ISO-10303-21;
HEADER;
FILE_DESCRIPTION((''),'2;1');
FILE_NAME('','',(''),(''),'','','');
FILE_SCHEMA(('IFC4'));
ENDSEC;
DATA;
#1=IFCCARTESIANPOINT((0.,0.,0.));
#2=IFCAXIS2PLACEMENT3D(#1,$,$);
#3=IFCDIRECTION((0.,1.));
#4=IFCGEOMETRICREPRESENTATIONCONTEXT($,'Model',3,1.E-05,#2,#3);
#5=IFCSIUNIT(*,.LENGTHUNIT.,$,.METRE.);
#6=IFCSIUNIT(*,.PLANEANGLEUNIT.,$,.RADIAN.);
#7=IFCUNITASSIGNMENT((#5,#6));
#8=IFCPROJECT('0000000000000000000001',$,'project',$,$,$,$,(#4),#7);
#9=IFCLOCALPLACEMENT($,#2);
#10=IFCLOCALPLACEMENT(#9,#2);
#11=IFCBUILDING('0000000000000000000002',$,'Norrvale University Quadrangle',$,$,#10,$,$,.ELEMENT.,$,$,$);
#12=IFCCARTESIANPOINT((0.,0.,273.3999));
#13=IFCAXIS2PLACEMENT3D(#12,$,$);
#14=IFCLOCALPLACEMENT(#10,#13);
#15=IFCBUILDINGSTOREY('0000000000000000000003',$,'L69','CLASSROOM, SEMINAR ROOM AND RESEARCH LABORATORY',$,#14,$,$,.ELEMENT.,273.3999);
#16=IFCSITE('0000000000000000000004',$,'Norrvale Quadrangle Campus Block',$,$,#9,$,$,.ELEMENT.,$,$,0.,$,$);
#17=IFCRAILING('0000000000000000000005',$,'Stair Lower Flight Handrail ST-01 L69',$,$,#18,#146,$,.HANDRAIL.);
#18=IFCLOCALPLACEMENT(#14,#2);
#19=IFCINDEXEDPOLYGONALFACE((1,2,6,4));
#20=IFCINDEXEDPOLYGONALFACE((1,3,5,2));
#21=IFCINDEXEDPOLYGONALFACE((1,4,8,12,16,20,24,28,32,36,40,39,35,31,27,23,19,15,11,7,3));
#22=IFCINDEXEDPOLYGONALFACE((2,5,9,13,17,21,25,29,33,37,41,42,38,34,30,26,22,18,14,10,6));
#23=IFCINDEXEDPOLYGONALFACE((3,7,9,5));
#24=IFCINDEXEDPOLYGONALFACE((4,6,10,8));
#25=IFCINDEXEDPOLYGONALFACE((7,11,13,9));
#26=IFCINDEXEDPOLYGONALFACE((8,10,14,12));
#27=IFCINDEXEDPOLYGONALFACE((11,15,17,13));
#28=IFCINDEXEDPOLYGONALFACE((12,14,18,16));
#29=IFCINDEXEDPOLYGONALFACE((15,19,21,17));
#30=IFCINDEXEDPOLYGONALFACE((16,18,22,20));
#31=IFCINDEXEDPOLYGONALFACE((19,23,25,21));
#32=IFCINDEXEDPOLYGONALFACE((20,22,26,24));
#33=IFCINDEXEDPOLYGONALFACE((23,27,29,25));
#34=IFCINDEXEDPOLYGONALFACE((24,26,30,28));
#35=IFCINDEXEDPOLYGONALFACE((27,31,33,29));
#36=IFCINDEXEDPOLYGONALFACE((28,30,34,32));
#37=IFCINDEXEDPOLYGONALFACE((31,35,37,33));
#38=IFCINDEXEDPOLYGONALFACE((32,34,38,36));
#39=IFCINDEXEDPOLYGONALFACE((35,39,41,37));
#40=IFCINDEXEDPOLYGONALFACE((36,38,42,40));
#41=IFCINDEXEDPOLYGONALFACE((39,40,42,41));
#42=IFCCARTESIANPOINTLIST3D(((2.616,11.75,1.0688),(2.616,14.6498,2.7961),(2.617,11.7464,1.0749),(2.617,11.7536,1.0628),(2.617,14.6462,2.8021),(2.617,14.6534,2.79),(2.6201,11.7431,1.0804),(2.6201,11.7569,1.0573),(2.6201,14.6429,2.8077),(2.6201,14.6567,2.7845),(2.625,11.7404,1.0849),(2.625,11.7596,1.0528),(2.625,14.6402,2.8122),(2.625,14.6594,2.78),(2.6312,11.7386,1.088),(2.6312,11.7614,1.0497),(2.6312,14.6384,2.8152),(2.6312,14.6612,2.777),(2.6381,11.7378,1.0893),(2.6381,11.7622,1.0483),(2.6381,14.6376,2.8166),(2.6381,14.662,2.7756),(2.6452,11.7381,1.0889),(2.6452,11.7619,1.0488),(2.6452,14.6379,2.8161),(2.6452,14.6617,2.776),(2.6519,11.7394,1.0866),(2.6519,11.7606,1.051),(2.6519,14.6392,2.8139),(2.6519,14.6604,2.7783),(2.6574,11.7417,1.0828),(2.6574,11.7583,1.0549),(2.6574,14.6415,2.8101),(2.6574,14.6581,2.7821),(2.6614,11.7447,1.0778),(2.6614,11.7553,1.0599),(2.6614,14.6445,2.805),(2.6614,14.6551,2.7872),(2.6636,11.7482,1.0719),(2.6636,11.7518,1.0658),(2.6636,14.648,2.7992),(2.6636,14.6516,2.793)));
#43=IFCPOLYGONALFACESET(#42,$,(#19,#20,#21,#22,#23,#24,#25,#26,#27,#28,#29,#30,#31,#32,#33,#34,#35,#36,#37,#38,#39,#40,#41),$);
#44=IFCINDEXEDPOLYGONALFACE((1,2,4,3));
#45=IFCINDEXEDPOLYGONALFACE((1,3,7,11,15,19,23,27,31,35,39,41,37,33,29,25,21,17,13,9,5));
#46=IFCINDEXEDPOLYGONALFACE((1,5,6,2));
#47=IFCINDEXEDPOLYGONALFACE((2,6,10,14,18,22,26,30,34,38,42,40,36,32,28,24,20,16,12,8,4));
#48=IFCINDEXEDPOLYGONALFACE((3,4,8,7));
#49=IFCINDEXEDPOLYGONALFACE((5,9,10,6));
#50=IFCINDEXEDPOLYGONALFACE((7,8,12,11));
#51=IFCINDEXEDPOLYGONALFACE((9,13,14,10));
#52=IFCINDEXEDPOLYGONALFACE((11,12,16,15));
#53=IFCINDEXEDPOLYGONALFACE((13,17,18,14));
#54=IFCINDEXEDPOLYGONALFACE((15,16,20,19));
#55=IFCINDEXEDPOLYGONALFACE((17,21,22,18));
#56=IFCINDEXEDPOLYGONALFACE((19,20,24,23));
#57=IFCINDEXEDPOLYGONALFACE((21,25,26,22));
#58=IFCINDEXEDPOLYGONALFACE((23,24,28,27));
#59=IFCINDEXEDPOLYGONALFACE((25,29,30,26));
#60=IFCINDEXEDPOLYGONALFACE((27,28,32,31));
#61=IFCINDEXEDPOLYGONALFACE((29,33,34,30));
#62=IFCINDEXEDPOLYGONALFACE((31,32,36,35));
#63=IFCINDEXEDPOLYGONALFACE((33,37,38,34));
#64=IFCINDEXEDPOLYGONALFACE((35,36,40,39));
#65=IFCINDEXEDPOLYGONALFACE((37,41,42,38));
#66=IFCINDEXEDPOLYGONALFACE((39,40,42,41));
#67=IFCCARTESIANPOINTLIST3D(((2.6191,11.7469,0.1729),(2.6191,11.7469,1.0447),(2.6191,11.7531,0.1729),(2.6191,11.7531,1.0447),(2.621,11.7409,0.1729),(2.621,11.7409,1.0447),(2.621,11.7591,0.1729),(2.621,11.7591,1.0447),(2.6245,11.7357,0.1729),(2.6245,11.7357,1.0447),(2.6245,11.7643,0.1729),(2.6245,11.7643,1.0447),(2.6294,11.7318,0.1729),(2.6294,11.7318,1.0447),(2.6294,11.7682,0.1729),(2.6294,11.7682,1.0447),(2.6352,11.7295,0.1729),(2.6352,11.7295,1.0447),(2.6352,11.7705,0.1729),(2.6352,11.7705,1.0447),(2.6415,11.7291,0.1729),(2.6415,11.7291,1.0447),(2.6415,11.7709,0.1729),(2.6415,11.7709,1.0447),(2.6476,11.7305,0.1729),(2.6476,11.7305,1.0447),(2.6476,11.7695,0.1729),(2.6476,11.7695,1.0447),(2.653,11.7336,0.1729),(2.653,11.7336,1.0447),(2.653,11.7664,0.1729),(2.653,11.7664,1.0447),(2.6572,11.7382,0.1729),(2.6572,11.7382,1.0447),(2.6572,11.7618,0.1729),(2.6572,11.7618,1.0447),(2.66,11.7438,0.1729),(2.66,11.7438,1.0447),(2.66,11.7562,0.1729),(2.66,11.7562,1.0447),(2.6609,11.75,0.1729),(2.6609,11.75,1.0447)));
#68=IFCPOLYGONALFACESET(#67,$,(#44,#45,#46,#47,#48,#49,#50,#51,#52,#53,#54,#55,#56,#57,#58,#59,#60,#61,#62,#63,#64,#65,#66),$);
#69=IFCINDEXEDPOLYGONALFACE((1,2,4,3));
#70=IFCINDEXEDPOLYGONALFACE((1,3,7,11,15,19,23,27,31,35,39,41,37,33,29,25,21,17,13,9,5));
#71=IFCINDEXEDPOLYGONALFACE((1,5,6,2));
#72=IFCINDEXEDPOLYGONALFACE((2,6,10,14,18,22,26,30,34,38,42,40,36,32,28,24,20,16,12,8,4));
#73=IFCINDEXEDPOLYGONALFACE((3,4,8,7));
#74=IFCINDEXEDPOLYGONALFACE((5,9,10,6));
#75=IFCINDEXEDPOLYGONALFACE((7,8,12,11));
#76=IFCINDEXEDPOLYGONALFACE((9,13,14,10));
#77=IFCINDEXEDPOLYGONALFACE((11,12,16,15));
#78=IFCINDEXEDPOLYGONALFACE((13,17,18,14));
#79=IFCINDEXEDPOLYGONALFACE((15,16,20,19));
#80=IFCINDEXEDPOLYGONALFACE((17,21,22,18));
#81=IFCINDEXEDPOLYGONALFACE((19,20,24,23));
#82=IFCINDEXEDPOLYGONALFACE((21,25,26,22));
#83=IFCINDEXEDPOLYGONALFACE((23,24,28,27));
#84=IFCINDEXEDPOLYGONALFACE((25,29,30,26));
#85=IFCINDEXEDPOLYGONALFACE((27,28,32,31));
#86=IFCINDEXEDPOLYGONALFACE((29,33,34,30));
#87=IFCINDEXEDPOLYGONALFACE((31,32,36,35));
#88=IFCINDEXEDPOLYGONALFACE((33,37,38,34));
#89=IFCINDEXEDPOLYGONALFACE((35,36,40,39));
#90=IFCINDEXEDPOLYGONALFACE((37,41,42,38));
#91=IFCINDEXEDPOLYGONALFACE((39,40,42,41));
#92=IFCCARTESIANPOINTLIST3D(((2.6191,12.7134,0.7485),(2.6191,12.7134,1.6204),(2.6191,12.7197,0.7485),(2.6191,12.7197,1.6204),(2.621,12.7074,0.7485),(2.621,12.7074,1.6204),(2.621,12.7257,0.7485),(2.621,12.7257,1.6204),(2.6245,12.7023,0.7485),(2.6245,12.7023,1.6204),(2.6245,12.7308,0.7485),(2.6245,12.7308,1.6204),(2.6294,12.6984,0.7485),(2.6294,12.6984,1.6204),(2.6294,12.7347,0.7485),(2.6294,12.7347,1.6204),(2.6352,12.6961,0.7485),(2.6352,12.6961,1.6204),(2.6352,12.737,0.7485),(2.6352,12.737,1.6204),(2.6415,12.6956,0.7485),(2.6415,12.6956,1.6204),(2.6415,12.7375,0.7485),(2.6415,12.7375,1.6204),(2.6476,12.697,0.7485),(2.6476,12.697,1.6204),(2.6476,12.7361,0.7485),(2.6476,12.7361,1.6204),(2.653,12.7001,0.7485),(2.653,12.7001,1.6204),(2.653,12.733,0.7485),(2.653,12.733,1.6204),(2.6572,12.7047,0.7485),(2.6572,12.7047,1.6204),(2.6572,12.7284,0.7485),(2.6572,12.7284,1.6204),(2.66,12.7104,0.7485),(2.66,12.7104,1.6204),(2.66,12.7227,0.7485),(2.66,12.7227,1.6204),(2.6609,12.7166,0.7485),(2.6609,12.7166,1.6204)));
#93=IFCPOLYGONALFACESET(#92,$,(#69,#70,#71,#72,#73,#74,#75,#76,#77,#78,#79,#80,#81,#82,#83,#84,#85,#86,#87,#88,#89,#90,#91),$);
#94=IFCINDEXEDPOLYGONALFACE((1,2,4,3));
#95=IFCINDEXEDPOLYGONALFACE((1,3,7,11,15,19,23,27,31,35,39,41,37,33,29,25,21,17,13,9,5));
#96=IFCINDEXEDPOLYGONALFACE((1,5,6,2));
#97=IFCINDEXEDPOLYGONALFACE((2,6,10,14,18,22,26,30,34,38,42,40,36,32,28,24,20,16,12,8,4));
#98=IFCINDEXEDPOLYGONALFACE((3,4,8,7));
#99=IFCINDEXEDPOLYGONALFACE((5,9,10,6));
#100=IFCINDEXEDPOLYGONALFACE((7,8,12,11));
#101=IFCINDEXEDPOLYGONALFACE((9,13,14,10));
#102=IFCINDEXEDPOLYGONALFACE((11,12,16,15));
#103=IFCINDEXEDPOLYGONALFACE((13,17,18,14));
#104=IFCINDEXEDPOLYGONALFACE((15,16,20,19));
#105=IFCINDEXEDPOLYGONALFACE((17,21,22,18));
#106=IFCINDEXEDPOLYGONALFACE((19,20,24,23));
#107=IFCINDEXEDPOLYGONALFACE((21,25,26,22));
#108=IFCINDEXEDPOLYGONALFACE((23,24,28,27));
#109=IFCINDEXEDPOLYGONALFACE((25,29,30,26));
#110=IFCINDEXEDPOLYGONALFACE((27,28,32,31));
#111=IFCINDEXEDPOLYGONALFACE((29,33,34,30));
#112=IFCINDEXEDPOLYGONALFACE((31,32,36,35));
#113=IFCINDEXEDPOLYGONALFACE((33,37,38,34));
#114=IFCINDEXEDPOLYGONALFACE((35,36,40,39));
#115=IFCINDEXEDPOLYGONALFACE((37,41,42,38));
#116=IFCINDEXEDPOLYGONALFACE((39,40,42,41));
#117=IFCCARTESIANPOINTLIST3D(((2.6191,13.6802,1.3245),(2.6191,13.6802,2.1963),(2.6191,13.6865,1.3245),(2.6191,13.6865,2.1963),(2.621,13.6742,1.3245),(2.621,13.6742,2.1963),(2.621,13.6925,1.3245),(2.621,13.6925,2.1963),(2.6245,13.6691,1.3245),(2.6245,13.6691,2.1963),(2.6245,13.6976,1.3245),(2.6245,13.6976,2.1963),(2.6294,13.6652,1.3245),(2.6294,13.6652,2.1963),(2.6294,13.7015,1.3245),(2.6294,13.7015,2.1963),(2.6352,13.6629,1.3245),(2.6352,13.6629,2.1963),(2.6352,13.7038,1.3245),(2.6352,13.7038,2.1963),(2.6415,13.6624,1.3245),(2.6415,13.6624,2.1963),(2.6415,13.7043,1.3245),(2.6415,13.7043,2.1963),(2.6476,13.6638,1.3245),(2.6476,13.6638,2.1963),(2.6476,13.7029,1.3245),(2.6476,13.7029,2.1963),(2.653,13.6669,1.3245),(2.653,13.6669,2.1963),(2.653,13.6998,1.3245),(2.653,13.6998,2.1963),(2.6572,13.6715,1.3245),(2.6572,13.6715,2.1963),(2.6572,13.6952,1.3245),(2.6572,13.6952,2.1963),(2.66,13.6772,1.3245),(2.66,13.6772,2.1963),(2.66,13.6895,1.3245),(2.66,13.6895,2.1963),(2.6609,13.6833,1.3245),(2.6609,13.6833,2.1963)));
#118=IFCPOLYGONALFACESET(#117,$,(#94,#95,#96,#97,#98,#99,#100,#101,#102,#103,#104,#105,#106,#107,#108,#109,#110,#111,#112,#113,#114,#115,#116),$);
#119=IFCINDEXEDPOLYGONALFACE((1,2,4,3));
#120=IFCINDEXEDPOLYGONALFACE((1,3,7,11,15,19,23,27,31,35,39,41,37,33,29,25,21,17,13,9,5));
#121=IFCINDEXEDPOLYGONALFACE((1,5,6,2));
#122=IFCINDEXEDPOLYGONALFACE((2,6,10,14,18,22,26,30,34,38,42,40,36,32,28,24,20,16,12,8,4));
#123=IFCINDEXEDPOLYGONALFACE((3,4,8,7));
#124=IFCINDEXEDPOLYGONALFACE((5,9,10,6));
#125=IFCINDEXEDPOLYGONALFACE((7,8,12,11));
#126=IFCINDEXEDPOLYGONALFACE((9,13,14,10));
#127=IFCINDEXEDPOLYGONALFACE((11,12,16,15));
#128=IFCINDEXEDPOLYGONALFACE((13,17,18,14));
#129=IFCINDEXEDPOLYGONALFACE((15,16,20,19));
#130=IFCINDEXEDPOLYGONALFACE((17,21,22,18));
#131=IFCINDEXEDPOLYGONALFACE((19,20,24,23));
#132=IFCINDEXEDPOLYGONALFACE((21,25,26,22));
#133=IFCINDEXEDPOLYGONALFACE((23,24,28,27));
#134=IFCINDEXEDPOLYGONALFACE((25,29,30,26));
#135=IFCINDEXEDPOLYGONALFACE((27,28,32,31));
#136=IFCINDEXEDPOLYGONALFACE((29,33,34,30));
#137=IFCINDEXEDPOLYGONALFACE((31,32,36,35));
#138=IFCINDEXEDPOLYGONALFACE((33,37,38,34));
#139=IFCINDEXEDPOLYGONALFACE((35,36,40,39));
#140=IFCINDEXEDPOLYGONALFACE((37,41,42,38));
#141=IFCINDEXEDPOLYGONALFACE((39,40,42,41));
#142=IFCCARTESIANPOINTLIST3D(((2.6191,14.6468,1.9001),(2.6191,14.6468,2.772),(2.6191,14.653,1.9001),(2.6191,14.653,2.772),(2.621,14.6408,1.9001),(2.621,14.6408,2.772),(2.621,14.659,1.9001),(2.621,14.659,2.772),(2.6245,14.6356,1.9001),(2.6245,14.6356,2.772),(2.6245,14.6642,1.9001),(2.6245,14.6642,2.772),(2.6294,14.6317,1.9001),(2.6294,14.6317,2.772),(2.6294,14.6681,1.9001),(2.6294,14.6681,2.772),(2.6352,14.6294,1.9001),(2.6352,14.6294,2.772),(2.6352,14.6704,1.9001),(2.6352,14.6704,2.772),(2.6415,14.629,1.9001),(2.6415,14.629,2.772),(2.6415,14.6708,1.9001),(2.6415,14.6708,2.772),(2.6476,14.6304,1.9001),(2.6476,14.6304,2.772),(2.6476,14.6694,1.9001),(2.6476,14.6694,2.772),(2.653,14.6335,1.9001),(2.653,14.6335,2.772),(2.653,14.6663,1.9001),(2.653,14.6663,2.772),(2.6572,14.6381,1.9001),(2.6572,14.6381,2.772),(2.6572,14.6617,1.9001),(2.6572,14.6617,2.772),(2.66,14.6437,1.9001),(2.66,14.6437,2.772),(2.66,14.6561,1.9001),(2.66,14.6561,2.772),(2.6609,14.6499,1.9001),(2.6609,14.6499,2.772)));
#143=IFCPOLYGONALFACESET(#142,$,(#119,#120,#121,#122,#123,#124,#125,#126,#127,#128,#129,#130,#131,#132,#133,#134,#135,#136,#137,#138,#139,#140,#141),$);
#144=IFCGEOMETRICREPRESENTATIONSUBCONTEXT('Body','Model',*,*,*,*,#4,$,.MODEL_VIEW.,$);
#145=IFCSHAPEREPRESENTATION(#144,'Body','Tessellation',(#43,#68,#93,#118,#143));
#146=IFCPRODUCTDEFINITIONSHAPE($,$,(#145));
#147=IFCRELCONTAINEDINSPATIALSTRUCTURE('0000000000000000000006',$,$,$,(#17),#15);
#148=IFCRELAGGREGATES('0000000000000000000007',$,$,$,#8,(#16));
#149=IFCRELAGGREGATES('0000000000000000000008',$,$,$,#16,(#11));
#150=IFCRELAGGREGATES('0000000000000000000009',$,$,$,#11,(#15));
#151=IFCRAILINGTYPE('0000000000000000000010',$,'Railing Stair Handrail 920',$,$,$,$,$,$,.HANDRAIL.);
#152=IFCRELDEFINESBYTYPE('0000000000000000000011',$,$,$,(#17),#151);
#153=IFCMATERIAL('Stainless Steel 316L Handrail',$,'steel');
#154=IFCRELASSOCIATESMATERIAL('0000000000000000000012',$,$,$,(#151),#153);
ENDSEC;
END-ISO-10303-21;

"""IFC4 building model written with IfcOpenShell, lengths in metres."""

from ifc_helpers import new_model, si_unit, direction, frame, origin, origin_2d, place, context, subcontext, project, spatial, circle, extrude, material, type_object, element, save


model = new_model("IFC4")

# Units and contexts
model_context = context("Model", 3, precision=1e-05, world=origin(), true_north=direction((0.0, 1.0)))
body_context = subcontext(model_context, "Body", "Model", "MODEL_VIEW")
ifc_project = project(units=[si_unit("LENGTHUNIT", "METRE"), si_unit("PLANEANGLEUNIT", "RADIAN")], contexts=[model_context])

# Site, building, storey
site_placement = place(None, origin())
site = spatial("IfcSite", under=ifc_project, at=site_placement, Name="Norrvale Quadrangle Campus Block", CompositionType="ELEMENT", RefElevation=0.0)
building_placement = place(site_placement, origin())
building = spatial("IfcBuilding", under=site, at=building_placement, Name="Norrvale University Quadrangle", CompositionType="ELEMENT")
storey_placement = place(building_placement, frame((0.0, 0.0, 273.3999)))
storey = spatial("IfcBuildingStorey", under=building, at=storey_placement, Name="L69", Description="CLASSROOM, SEMINAR ROOM AND RESEARCH LABORATORY", CompositionType="ELEMENT", Elevation=273.3999)

# Railing
ifc_material_1 = material(Name="Stainless Steel 316L Handrail", Category="steel")
railing_type_1 = type_object("IfcRailingType", Name="Railing Stair Handrail 920", PredefinedType="HANDRAIL", material=ifc_material_1)
railing_1_placement = place(storey_placement, frame((2.6399, 11.75, 0.1729)))
element("IfcRailing", 1, at=railing_1_placement, inside=storey, type_object=railing_type_1, Name="Stair Lower Flight Handrail ST-01 L69", PredefinedType="HANDRAIL", context=body_context, shape_type="SweptSolid", body=[
    extrude(circle(Radius=0.0239, at=origin_2d()), frame((0.0, 0.0, 0.896), z_axis=(0.0, 0.859141, 0.511738), x_axis=(-1.0, 0.0, 0.0)), (0.0, 0.0, 1.0), 3.3752),
    extrude(circle(Radius=0.021, at=origin_2d()), origin(), (0.0, 0.0, 1.0), 0.8718),
    extrude(circle(Radius=0.021, at=origin_2d()), frame((0.0, 0.9666, 0.5757)), (0.0, 0.0, 1.0), 0.8718),
    extrude(circle(Radius=0.021, at=origin_2d()), frame((0.0, 1.9333, 1.1516)), (0.0, 0.0, 1.0), 0.8718),
    extrude(circle(Radius=0.021, at=origin_2d()), frame((0.0, 2.8999, 1.7273)), (0.0, 0.0, 1.0), 0.8718),
])

save(model, "model.ifc")
